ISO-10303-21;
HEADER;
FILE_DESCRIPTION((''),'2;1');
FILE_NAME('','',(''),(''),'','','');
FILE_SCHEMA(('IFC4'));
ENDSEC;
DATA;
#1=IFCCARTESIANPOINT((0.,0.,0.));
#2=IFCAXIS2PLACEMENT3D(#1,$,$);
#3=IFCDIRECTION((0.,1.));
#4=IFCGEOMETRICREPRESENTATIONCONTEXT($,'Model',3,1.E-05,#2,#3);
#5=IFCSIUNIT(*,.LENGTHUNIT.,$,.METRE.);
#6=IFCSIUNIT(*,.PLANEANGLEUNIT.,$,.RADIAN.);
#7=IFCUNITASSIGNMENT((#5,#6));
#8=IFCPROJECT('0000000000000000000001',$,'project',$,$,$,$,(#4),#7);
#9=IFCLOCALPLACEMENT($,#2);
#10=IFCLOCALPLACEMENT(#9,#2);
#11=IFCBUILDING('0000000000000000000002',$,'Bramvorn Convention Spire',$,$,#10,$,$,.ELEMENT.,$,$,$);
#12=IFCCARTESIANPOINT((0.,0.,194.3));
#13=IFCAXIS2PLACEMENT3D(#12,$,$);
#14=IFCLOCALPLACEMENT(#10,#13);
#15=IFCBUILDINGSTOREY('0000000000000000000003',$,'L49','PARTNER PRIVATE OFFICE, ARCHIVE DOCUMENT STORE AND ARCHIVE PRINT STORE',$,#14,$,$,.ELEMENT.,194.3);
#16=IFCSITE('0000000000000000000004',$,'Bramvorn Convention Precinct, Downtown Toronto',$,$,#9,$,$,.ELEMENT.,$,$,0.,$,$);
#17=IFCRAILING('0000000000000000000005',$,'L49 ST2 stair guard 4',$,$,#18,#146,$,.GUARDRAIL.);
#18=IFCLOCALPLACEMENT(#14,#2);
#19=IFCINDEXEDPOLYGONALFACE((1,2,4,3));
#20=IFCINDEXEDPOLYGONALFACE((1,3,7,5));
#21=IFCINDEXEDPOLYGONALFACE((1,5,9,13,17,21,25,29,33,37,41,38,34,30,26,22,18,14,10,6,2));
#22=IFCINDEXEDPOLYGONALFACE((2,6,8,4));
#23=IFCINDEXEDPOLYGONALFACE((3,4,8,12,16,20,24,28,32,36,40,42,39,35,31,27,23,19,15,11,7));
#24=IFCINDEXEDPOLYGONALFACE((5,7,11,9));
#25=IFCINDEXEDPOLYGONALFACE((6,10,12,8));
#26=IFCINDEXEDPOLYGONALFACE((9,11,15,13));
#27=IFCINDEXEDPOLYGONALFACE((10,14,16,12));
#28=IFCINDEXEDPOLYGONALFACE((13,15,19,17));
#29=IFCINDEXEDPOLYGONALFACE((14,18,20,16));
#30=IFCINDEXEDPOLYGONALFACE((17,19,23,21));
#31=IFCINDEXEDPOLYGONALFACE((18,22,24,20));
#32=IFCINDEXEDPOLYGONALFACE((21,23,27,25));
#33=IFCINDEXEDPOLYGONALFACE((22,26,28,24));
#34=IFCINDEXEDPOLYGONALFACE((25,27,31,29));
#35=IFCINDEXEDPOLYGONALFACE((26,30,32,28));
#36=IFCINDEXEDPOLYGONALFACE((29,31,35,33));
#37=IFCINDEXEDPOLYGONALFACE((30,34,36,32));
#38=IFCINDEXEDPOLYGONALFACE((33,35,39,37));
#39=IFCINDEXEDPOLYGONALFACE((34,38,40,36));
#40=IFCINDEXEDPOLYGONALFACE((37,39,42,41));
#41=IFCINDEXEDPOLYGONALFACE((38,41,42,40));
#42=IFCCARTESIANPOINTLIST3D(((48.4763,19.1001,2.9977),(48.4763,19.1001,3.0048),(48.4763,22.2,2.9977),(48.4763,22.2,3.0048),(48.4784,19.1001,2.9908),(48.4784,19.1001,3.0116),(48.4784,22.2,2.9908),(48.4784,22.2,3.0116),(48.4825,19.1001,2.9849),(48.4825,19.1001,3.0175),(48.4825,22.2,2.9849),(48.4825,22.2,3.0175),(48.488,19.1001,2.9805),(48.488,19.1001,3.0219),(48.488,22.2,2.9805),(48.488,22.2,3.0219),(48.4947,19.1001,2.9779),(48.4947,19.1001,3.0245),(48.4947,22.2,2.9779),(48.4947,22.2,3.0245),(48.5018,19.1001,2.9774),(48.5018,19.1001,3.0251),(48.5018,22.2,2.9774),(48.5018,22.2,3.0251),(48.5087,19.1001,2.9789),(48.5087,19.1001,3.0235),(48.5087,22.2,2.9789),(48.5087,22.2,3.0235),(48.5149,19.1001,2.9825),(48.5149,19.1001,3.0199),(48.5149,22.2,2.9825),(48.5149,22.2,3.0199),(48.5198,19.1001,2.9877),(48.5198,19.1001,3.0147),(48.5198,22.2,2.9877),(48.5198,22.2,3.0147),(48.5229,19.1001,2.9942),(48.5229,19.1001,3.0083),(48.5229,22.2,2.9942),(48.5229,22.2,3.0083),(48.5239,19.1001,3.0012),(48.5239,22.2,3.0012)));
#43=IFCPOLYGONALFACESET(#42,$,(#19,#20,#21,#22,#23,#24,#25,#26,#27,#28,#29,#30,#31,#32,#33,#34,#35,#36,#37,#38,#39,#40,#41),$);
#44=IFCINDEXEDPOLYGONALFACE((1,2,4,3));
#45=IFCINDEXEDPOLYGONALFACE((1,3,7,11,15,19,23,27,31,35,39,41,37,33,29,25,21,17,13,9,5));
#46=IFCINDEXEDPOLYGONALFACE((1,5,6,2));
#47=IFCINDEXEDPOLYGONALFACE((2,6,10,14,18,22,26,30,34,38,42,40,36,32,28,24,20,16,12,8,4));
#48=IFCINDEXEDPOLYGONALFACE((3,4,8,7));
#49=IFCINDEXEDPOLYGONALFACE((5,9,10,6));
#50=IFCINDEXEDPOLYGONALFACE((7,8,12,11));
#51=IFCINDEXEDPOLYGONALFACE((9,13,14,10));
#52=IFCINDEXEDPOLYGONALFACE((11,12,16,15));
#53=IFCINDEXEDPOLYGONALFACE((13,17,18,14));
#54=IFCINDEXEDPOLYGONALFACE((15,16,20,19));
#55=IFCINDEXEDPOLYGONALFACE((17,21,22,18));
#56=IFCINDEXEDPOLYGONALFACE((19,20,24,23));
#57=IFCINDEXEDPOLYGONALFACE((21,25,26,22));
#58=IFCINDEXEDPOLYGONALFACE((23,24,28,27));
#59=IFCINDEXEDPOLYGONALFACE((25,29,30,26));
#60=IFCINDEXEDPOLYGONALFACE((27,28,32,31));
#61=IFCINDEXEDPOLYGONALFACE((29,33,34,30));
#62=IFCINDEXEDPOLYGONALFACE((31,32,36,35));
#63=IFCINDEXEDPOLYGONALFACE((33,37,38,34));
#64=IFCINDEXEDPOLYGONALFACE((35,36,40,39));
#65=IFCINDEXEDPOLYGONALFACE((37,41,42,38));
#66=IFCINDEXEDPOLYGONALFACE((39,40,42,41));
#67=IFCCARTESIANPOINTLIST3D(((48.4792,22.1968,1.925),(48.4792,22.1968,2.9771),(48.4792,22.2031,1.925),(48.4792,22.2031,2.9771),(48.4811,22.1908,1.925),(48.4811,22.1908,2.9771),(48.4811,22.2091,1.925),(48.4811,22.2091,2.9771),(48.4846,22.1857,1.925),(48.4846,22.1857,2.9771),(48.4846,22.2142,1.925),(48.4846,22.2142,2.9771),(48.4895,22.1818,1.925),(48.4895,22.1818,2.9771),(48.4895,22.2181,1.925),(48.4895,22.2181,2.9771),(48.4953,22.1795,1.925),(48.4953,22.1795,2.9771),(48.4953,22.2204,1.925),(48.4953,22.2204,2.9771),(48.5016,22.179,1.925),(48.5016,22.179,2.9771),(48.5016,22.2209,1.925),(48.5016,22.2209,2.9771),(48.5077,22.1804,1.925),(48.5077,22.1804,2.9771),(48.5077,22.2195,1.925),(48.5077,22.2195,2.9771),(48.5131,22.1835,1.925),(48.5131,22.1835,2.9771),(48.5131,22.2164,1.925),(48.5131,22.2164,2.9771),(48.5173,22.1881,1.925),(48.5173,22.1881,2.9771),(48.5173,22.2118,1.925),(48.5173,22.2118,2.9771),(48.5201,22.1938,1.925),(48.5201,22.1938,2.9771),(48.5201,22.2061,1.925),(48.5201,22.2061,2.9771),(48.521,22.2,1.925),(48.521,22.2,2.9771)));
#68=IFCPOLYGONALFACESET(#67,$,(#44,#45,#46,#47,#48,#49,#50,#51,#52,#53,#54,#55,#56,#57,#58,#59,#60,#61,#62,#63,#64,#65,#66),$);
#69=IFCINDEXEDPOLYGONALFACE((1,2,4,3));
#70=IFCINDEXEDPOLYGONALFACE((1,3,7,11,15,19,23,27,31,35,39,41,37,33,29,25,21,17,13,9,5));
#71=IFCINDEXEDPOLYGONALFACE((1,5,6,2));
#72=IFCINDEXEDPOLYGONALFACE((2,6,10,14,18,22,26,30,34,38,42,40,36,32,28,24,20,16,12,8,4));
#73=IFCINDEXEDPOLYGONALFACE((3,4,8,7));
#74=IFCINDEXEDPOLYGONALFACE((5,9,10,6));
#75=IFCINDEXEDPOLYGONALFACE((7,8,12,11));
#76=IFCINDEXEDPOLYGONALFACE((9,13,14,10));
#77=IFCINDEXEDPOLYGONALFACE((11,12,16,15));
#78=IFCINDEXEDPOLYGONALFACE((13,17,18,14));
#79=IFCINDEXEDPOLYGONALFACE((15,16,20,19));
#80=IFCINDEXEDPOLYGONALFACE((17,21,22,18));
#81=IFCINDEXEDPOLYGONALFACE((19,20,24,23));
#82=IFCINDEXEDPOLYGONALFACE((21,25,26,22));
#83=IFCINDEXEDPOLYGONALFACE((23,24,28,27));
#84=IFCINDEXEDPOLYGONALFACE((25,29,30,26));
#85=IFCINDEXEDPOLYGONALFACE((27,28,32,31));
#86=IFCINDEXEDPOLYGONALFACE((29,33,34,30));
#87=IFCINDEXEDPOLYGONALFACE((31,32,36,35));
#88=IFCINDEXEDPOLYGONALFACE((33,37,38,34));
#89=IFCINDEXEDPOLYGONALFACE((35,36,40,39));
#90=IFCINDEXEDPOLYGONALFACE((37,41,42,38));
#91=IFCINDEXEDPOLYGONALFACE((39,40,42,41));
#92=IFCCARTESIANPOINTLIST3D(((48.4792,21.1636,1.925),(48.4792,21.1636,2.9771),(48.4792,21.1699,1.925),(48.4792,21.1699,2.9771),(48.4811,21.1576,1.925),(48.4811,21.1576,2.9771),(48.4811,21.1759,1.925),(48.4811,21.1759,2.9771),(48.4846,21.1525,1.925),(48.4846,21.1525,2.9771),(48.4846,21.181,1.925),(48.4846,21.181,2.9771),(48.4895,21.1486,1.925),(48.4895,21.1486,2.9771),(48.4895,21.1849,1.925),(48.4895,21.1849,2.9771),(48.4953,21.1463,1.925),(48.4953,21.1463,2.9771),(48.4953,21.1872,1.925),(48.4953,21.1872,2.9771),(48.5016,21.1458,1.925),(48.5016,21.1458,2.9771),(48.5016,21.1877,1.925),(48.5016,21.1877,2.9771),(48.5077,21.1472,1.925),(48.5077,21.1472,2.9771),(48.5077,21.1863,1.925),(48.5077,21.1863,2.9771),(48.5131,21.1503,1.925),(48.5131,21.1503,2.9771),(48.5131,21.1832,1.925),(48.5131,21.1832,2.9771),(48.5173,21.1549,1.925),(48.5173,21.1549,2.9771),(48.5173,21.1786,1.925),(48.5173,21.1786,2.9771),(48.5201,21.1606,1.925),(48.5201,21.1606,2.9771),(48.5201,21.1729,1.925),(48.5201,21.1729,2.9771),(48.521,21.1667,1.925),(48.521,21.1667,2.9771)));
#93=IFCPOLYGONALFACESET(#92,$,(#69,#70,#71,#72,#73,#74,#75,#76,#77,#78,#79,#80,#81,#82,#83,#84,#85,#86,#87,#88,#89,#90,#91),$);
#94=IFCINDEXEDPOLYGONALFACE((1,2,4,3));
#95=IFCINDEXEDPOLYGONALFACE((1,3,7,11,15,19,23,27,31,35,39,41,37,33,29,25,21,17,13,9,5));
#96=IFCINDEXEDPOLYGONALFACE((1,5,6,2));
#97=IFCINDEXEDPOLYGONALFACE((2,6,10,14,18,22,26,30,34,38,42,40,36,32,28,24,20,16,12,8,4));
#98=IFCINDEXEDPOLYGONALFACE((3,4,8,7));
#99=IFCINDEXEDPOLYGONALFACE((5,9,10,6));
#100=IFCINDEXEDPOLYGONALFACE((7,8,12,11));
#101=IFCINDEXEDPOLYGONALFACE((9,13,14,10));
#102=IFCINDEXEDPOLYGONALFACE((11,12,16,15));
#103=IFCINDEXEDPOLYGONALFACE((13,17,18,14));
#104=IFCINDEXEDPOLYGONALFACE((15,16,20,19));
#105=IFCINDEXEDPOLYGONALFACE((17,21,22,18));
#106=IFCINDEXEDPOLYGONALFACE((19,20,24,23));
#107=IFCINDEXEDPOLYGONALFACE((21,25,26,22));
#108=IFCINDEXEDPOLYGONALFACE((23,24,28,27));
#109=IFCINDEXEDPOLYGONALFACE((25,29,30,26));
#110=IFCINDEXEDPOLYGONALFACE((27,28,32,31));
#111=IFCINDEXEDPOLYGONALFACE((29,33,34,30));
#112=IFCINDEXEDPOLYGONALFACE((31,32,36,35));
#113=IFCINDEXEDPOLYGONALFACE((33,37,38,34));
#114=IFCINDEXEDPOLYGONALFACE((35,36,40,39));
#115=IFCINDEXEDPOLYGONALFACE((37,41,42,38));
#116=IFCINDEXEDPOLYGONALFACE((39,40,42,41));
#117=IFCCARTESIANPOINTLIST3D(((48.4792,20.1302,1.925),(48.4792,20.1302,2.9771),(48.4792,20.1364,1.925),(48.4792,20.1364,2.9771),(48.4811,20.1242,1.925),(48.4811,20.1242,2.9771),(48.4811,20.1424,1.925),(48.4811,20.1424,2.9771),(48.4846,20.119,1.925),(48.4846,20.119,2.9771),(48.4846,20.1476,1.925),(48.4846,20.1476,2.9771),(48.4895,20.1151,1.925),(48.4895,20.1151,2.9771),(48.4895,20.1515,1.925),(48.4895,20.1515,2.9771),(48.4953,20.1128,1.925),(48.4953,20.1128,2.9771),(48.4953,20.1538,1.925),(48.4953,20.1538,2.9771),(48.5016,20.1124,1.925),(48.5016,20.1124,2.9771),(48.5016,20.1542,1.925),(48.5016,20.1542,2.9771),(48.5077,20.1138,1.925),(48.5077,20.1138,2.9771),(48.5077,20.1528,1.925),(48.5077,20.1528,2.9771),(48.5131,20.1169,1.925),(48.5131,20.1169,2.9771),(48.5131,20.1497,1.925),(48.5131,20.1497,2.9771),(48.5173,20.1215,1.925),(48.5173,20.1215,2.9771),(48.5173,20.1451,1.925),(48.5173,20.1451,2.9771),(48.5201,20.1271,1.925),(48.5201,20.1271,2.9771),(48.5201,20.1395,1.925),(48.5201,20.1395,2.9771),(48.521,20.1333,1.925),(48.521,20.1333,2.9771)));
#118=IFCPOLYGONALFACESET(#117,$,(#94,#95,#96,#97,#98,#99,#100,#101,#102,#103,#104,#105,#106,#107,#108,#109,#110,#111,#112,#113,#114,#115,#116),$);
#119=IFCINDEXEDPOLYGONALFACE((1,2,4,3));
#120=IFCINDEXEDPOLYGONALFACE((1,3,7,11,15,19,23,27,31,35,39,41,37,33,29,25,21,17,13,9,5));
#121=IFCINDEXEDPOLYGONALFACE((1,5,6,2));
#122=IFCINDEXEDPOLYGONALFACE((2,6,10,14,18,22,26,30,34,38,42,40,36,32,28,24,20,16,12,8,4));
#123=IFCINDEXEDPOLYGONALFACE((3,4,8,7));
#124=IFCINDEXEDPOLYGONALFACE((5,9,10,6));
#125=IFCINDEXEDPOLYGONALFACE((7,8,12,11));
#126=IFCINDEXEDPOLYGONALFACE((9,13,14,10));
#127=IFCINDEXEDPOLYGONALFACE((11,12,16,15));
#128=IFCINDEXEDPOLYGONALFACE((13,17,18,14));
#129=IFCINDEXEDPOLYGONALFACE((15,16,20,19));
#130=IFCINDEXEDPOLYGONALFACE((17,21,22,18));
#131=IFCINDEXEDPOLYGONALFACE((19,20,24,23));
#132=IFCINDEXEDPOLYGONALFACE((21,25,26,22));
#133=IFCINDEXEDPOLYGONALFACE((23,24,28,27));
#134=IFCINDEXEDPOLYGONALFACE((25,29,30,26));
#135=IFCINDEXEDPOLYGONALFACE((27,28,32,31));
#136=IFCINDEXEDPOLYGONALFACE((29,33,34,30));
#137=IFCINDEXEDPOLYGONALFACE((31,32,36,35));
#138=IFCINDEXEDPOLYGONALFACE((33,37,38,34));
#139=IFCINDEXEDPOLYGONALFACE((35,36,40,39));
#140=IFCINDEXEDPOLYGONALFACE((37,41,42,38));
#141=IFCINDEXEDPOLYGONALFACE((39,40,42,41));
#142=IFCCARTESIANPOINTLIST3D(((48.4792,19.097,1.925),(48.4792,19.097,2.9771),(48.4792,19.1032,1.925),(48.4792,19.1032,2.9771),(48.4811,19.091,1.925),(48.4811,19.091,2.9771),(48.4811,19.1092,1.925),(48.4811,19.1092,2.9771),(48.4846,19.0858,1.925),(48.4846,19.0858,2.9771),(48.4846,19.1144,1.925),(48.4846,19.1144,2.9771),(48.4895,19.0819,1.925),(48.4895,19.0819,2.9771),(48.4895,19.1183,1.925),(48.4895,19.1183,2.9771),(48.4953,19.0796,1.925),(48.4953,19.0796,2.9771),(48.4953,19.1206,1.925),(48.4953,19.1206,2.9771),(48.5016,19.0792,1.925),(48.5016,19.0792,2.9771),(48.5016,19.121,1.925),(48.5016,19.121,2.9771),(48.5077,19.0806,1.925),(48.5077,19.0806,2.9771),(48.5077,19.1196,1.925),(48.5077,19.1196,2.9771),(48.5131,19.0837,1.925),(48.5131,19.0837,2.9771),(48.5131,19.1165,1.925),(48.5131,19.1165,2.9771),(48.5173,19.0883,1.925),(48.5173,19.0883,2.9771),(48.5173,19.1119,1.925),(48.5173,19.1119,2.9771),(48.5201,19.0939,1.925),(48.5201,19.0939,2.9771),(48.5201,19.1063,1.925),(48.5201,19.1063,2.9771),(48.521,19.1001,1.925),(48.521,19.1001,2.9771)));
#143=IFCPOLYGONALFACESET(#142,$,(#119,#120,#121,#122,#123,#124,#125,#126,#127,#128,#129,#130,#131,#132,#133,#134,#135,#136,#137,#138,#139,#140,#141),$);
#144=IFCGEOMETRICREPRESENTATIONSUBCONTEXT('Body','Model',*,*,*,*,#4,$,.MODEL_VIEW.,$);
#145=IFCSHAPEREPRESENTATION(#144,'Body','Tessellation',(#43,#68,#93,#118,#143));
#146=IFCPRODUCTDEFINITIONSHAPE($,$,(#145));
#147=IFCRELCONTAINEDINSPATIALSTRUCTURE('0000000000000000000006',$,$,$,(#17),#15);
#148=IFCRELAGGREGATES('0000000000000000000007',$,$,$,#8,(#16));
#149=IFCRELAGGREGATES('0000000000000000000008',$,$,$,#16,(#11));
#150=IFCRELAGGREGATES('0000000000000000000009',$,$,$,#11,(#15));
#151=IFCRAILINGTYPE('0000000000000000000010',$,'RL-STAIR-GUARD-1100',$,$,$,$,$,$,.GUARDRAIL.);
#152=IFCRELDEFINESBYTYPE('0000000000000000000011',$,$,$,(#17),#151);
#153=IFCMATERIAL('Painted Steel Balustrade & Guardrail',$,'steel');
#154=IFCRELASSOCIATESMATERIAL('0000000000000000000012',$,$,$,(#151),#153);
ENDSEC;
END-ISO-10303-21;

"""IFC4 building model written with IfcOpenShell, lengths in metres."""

from ifc_helpers import new_model, si_unit, direction, frame, origin, origin_2d, place, context, subcontext, project, spatial, circle, extrude, material, type_object, element, save


model = new_model("IFC4")

# Units and contexts
model_context = context("Model", 3, precision=1e-05, world=origin(), true_north=direction((0.0, 1.0)))
body_context = subcontext(model_context, "Body", "Model", "MODEL_VIEW")
ifc_project = project(units=[si_unit("LENGTHUNIT", "METRE"), si_unit("PLANEANGLEUNIT", "RADIAN")], contexts=[model_context])

# Site, building, storey
site_placement = place(None, origin())
site = spatial("IfcSite", under=ifc_project, at=site_placement, Name="Bramvorn Convention Precinct, Downtown Toronto", CompositionType="ELEMENT", RefElevation=0.0)
building_placement = place(site_placement, origin())
building = spatial("IfcBuilding", under=site, at=building_placement, Name="Bramvorn Convention Spire", CompositionType="ELEMENT")
storey_placement = place(building_placement, frame((0.0, 0.0, 194.3)))
storey = spatial("IfcBuildingStorey", under=building, at=storey_placement, Name="L49", Description="PARTNER PRIVATE OFFICE, ARCHIVE DOCUMENT STORE AND ARCHIVE PRINT STORE", CompositionType="ELEMENT", Elevation=194.3)

# Railing
ifc_material_1 = material(Name="Painted Steel Balustrade & Guardrail", Category="steel")
railing_type_1 = type_object("IfcRailingType", Name="RL-STAIR-GUARD-1100", PredefinedType="GUARDRAIL", material=ifc_material_1)
railing_1_placement = place(storey_placement, frame((48.5, 22.2, 1.925)))
element("IfcRailing", 1, at=railing_1_placement, inside=storey, type_object=railing_type_1, Name="L49 ST2 stair guard 4", PredefinedType="GUARDRAIL", context=body_context, shape_type="SweptSolid", body=[
    extrude(circle(Radius=0.0239, at=origin_2d()), frame((0.0, 0.0, 1.0762), z_axis=(0.0, -1.0, 0.0), x_axis=(1.0, 0.0, 0.0)), (0.0, 0.0, 1.0), 3.0999),
    extrude(circle(Radius=0.021, at=origin_2d()), origin(), (0.0, 0.0, 1.0), 1.052),
    extrude(circle(Radius=0.021, at=origin_2d()), frame((0.0, -1.0332, 0.0)), (0.0, 0.0, 1.0), 1.052),
    extrude(circle(Radius=0.021, at=origin_2d()), frame((0.0, -2.0667, 0.0)), (0.0, 0.0, 1.0), 1.052),
    extrude(circle(Radius=0.021, at=origin_2d()), frame((0.0, -3.0999, 0.0)), (0.0, 0.0, 1.0), 1.052),
])

save(model, "model.ifc")
